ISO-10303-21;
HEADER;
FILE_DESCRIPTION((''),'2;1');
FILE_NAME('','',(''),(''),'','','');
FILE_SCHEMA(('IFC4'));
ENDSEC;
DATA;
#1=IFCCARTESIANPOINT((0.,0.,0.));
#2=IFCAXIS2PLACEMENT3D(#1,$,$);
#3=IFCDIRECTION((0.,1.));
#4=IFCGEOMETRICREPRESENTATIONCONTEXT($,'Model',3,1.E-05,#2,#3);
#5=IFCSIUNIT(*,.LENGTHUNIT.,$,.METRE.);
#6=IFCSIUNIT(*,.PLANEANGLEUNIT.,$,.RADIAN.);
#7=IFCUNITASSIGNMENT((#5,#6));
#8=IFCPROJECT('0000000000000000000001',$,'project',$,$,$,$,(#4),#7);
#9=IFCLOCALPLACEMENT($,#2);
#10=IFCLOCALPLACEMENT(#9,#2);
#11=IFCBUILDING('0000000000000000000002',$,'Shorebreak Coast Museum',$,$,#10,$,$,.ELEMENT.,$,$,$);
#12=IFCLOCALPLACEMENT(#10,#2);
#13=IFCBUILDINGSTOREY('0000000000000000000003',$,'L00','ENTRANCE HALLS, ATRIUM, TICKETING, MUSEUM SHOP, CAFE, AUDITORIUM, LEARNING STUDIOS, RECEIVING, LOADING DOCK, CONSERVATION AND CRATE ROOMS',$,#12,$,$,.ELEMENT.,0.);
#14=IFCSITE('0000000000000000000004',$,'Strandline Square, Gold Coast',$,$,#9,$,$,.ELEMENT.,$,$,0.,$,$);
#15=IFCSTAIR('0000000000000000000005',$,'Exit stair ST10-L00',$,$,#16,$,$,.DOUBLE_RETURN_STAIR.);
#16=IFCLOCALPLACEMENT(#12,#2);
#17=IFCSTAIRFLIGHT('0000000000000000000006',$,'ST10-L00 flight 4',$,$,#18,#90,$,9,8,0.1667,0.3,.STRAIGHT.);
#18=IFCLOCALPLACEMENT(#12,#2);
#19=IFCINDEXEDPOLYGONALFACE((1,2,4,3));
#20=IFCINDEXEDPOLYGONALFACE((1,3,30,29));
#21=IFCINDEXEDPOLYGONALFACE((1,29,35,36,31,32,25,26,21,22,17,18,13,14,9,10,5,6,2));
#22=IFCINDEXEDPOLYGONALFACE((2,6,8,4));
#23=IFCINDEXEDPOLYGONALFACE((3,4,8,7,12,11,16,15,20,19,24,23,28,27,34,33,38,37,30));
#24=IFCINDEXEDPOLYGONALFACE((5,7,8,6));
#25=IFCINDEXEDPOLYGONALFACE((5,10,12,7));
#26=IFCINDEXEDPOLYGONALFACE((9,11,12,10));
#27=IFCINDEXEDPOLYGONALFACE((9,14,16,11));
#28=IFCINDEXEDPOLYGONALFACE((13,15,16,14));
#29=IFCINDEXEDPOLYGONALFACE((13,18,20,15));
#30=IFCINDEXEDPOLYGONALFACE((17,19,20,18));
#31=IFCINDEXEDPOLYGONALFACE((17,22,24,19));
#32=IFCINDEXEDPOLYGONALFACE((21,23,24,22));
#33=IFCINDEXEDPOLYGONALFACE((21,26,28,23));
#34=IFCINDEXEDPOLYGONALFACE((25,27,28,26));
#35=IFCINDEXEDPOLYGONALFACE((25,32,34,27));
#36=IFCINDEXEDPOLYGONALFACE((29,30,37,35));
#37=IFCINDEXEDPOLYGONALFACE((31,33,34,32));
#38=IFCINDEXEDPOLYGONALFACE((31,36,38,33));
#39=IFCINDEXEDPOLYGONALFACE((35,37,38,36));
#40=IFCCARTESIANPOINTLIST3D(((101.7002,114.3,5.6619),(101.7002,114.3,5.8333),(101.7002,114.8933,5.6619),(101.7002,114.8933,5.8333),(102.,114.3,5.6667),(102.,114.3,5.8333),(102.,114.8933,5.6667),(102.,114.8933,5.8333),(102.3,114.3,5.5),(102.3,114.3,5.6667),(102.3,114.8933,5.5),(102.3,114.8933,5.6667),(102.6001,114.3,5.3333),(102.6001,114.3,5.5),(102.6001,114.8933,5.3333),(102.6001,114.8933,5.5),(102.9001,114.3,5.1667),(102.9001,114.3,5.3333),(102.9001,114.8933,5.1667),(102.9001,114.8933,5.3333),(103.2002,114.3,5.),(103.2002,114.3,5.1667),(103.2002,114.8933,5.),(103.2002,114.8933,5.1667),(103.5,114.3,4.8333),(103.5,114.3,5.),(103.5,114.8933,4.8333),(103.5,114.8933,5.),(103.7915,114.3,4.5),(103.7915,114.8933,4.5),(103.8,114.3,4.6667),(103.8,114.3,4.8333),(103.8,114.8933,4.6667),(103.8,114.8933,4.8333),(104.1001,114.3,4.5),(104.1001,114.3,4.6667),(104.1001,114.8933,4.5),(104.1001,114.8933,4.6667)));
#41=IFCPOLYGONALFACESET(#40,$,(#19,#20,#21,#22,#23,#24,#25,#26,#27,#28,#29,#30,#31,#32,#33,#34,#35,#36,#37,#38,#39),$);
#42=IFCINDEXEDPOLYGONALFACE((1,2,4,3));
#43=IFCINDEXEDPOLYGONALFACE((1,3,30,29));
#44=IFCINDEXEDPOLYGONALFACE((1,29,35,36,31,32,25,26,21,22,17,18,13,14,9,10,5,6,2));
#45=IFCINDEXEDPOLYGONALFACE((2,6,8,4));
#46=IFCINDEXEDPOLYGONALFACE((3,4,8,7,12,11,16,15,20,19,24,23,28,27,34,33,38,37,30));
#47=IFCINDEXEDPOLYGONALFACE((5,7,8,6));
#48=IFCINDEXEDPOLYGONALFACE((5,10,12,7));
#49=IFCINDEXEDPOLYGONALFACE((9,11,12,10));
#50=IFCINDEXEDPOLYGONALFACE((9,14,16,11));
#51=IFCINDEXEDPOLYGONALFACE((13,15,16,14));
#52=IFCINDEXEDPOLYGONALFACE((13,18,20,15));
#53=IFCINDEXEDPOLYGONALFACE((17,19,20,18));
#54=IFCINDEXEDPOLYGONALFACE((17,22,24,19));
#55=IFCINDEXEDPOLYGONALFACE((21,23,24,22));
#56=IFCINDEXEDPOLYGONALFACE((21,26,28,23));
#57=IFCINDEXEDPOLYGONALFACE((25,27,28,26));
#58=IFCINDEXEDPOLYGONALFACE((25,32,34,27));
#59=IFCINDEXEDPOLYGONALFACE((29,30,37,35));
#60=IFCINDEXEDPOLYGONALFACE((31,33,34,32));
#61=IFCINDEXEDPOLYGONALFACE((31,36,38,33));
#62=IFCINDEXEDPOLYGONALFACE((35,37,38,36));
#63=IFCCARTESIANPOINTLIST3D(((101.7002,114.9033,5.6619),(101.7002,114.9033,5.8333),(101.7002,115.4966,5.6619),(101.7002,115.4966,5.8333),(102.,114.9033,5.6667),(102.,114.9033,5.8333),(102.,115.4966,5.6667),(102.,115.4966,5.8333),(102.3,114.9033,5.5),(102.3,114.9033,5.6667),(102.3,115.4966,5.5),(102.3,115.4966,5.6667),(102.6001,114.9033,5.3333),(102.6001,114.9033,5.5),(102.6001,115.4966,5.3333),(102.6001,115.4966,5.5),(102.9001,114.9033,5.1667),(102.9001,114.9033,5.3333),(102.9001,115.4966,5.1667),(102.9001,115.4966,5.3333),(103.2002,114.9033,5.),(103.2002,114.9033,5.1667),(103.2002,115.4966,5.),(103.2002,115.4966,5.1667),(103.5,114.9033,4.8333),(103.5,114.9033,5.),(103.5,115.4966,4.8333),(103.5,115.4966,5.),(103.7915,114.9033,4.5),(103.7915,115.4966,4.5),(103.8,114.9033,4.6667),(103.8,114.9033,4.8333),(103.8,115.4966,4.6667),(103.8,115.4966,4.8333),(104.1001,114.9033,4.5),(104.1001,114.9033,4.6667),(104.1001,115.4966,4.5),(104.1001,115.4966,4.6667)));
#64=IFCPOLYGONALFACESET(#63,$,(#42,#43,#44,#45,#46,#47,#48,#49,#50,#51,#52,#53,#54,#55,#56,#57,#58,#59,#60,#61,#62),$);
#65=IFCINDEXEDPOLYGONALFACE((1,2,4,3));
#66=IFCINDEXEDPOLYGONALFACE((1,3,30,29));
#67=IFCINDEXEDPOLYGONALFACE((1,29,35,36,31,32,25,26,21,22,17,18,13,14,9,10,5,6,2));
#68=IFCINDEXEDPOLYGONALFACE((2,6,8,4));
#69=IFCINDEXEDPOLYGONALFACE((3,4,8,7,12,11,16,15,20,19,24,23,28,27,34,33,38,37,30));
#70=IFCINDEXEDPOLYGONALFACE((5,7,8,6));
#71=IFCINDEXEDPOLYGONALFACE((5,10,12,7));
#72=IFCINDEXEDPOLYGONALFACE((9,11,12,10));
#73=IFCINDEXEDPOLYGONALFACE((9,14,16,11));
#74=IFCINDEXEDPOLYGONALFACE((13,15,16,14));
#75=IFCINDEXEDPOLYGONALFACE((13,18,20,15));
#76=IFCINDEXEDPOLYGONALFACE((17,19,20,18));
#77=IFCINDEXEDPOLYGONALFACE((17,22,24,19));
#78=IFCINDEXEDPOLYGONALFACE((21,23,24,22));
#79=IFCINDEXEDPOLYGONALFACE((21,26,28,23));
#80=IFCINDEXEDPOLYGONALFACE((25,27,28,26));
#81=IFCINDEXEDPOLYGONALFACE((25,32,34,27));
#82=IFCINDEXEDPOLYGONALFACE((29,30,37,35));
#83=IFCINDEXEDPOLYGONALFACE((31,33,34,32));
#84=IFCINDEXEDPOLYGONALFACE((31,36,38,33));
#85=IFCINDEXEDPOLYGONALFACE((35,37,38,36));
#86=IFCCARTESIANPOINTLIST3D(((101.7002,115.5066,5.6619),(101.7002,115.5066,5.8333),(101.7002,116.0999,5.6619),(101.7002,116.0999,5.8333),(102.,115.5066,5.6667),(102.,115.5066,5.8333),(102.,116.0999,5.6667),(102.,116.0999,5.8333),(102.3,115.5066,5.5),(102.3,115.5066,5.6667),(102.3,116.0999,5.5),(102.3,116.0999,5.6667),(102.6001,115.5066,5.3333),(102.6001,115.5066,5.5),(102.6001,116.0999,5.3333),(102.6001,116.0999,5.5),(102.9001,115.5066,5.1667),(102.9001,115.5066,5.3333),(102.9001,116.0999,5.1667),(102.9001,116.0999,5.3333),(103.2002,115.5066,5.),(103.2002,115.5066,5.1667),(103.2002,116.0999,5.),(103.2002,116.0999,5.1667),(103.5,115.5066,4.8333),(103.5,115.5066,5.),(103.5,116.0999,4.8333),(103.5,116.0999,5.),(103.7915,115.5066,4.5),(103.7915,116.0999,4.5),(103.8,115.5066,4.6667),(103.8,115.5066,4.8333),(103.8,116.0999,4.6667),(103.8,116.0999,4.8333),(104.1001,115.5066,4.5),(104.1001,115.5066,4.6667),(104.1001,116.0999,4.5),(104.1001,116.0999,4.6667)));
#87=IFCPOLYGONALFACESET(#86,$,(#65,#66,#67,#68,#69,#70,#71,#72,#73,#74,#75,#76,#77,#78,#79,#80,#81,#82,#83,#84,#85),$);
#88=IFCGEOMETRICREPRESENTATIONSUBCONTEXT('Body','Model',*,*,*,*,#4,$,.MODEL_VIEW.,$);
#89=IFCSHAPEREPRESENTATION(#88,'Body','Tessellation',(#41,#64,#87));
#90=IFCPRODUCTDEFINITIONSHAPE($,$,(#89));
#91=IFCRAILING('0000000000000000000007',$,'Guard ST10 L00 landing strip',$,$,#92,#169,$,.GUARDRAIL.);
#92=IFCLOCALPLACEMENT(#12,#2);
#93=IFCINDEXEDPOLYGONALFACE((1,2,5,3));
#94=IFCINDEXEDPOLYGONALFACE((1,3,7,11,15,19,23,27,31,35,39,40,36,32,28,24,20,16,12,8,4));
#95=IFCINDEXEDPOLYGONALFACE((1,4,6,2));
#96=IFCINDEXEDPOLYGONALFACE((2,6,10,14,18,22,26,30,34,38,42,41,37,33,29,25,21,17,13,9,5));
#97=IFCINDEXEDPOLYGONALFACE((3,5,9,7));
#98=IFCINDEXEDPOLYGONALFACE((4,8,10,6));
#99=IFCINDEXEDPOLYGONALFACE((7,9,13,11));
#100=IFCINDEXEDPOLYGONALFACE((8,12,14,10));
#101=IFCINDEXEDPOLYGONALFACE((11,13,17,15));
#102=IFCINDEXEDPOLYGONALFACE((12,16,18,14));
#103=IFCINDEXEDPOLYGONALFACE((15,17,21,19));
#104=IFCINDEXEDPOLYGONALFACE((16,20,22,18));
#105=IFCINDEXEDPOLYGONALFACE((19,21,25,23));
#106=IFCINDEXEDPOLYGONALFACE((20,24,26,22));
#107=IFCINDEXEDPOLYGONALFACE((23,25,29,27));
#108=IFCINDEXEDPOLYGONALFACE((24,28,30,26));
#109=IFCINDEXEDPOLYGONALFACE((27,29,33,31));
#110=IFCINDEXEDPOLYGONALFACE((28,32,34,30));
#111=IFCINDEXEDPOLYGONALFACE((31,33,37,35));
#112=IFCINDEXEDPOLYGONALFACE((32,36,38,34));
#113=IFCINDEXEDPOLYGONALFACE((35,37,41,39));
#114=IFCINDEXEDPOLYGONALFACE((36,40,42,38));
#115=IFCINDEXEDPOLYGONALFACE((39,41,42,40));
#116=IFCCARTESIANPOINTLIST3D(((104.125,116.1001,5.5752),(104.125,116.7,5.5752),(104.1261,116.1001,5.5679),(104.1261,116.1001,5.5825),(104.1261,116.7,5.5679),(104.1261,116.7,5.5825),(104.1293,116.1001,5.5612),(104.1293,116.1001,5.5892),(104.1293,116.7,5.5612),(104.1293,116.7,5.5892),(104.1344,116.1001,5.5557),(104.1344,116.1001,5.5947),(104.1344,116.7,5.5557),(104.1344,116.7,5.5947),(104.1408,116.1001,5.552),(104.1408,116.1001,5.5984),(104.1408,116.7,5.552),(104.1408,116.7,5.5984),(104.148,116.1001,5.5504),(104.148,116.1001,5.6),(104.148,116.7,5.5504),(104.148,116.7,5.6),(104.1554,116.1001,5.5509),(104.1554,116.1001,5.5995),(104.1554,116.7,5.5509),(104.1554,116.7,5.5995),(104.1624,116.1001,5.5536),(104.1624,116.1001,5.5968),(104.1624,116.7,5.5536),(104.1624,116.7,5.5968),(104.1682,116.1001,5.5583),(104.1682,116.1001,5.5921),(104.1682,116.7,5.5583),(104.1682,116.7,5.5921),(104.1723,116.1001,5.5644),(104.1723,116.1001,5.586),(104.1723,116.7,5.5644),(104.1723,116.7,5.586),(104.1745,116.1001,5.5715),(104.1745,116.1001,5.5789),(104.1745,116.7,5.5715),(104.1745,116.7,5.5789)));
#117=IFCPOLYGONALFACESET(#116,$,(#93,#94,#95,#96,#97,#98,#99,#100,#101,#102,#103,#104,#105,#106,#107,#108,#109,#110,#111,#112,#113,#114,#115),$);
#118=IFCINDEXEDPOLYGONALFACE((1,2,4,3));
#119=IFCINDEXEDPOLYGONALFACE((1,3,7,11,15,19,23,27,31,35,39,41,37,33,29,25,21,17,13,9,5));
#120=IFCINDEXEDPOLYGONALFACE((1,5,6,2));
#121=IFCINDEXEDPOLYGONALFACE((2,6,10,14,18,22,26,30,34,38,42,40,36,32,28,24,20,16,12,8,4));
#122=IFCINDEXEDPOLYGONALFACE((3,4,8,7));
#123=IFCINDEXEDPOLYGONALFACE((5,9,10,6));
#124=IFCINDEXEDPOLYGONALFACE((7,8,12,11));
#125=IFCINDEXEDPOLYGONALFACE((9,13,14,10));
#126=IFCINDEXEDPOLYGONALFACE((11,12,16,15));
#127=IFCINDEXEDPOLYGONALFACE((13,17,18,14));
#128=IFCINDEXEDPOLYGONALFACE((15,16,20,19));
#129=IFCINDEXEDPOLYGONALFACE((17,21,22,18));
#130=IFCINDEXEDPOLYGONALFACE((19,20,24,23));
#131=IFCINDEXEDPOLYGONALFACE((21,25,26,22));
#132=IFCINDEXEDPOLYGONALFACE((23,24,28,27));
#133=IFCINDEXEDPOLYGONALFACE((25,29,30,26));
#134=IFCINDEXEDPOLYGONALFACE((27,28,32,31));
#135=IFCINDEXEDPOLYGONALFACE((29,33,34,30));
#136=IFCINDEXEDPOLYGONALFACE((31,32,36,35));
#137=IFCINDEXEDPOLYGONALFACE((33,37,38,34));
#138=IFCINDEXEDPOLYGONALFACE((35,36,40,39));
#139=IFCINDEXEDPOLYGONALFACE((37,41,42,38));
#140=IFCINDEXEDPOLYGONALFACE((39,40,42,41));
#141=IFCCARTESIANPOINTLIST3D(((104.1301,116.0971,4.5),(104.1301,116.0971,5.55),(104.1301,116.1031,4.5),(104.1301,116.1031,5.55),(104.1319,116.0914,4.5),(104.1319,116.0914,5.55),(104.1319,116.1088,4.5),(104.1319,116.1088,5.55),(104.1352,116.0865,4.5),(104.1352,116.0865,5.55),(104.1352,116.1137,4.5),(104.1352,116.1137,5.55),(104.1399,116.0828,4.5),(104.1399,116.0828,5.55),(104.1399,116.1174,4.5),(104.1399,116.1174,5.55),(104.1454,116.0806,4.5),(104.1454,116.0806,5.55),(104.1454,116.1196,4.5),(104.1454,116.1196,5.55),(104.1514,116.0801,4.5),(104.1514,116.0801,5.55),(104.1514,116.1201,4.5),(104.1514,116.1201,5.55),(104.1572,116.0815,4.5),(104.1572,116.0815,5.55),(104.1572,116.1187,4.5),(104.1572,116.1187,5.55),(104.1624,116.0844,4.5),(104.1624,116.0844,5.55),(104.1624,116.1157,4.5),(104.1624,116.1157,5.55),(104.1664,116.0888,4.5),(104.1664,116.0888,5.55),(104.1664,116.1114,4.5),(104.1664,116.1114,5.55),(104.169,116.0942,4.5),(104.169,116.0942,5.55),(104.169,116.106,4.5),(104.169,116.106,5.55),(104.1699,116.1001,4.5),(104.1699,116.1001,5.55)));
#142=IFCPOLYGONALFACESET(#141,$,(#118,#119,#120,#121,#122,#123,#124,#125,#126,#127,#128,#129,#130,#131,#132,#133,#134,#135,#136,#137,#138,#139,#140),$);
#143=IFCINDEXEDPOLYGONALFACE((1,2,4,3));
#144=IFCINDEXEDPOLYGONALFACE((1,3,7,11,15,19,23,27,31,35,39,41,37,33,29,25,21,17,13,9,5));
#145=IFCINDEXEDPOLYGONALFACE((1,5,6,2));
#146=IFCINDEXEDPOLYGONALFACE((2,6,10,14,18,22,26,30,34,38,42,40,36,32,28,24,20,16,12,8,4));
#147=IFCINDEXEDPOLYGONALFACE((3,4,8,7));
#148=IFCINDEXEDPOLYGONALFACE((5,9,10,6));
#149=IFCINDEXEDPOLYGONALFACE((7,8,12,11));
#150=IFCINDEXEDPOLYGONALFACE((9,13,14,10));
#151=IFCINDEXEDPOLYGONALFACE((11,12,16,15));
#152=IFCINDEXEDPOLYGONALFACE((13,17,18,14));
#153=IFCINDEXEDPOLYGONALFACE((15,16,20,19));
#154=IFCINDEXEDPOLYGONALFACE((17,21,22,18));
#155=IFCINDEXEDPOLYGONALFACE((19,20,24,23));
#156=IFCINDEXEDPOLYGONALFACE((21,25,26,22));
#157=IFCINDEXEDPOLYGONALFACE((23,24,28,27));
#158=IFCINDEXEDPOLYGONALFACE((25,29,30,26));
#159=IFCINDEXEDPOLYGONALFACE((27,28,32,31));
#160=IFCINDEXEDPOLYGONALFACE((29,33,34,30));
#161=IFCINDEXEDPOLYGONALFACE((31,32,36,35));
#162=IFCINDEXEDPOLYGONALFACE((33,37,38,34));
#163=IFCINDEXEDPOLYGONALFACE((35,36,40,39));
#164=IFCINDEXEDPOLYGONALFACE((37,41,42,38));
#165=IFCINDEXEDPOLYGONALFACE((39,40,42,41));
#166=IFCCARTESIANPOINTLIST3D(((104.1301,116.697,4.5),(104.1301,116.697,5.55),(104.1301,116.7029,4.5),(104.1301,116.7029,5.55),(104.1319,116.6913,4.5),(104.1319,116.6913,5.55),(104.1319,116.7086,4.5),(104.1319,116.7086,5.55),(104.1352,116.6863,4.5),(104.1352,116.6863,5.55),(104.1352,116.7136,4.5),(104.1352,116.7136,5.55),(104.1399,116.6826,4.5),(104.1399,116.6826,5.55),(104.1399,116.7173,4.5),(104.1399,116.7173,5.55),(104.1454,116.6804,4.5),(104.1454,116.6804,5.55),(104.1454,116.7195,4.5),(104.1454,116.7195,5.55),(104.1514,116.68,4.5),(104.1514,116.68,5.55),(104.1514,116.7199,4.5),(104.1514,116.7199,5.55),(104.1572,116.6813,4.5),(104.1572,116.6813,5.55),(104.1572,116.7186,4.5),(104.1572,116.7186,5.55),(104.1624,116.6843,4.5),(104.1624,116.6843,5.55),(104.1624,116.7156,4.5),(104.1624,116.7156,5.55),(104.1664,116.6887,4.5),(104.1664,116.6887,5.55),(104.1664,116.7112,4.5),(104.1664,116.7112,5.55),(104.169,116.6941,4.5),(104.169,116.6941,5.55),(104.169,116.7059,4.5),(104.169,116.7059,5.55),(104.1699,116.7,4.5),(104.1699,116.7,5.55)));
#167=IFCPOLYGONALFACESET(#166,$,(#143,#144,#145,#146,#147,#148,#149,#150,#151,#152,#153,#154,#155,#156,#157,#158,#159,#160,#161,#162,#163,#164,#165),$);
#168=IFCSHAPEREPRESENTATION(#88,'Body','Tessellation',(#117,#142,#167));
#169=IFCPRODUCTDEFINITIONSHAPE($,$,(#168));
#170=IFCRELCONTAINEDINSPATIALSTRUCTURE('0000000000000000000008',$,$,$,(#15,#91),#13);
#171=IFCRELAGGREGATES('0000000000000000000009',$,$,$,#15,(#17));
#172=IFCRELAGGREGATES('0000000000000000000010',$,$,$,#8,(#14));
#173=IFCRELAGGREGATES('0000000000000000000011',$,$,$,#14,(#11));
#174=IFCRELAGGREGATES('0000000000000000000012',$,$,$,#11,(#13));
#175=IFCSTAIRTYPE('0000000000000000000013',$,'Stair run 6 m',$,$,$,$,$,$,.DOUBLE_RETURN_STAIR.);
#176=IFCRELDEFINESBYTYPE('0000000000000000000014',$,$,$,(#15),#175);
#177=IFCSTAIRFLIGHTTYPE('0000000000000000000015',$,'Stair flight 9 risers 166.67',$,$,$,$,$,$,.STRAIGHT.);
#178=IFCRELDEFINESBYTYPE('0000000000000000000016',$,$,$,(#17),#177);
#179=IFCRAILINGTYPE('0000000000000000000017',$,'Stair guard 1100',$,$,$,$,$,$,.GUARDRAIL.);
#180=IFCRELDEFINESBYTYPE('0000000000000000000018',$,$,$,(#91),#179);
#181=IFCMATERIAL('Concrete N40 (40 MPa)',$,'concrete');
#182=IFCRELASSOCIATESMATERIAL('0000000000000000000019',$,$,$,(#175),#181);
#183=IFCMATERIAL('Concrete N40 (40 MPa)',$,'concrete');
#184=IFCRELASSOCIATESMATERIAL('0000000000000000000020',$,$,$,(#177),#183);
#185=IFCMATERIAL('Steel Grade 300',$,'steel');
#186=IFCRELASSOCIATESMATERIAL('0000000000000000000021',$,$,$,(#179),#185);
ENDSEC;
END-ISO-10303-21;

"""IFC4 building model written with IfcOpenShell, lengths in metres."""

from ifc_helpers import new_model, si_unit, direction, frame, origin, origin_2d, place, context, subcontext, project, spatial, polyline, circle, outline, extrude, material, type_object, element, aggregate, save


model = new_model("IFC4")

# Units and contexts
model_context = context("Model", 3, precision=1e-05, world=origin(), true_north=direction((0.0, 1.0)))
body_context = subcontext(model_context, "Body", "Model", "MODEL_VIEW")
ifc_project = project(units=[si_unit("LENGTHUNIT", "METRE"), si_unit("PLANEANGLEUNIT", "RADIAN")], contexts=[model_context])

# Site, building, storey
site_placement = place(None, origin())
site = spatial("IfcSite", under=ifc_project, at=site_placement, Name="Strandline Square, Gold Coast", CompositionType="ELEMENT", RefElevation=0.0)
building_placement = place(site_placement, origin())
building = spatial("IfcBuilding", under=site, at=building_placement, Name="Shorebreak Coast Museum", CompositionType="ELEMENT")
storey_placement = place(building_placement, origin())
storey = spatial("IfcBuildingStorey", under=building, at=storey_placement, Name="L00", Description="ENTRANCE HALLS, ATRIUM, TICKETING, MUSEUM SHOP, CAFE, AUDITORIUM, LEARNING STUDIOS, RECEIVING, LOADING DOCK, CONSERVATION AND CRATE ROOMS", CompositionType="ELEMENT", Elevation=0.0)

# Stair, stair flight
ifc_material_1 = material(Name="Concrete N40 (40 MPa)", Category="concrete")
stair_type = type_object("IfcStairType", Name="Stair run 6 m", PredefinedType="DOUBLE_RETURN_STAIR", material=ifc_material_1)
stair_placement = place(storey_placement, origin())
stair = element("IfcStair", 1, at=stair_placement, inside=storey, type_object=stair_type, Name="Exit stair ST10-L00", PredefinedType="DOUBLE_RETURN_STAIR")
ifc_material_2 = material(Name="Concrete N40 (40 MPa)", Category="concrete")
stair_flight_type = type_object("IfcStairFlightType", Name="Stair flight 9 risers 166.67", PredefinedType="STRAIGHT", material=ifc_material_2)
stair_flight_1_placement = place(storey_placement, frame((104.1001, 115.2, 4.5), z_axis=(0.0, 0.0, 1.0), x_axis=(-1.0, 0.0, 0.0)))
stair_flight_1 = element("IfcStairFlight", 2, at=stair_flight_1_placement, type_object=stair_flight_type, Name="ST10-L00 flight 4", NumberOfRisers=9, NumberOfTreads=8, PredefinedType="STRAIGHT", RiserHeight=0.1667, TreadLength=0.3, context=body_context, shape_type="SweptSolid", body=[
    extrude(outline(polyline([(0.0, 0.0), (0.0, 0.1667), (0.3, 0.1667), (0.3, 0.3333), (0.6001, 0.3333), (0.6001, 0.5), (0.8999, 0.5), (0.8999, 0.6667), (1.2, 0.6667), (1.2, 0.8333), (1.5, 0.8333), (1.5, 1.0), (1.8, 1.0), (1.8, 1.1667), (2.1001, 1.1667), (2.1001, 1.3333), (2.3999, 1.3333), (2.3999, 1.5), (2.3999, 1.1619), (0.3086, 0.0), (0.0, 0.0)])), frame((0.0, 0.8999, 0.0), z_axis=(0.0, -1.0, 0.0), x_axis=(1.0, 0.0, 0.0)), (0.0, 0.0, 1.0), 0.5933),
    extrude(outline(polyline([(0.0, 0.0), (0.0, 0.1667), (0.3, 0.1667), (0.3, 0.3333), (0.6001, 0.3333), (0.6001, 0.5), (0.8999, 0.5), (0.8999, 0.6667), (1.2, 0.6667), (1.2, 0.8333), (1.5, 0.8333), (1.5, 1.0), (1.8, 1.0), (1.8, 1.1667), (2.1001, 1.1667), (2.1001, 1.3333), (2.3999, 1.3333), (2.3999, 1.5), (2.3999, 1.1619), (0.3086, 0.0), (0.0, 0.0)])), frame((0.0, 0.2966, 0.0), z_axis=(0.0, -1.0, 0.0), x_axis=(1.0, 0.0, 0.0)), (0.0, 0.0, 1.0), 0.5933),
    extrude(outline(polyline([(0.0, 0.0), (0.0, 0.1667), (0.3, 0.1667), (0.3, 0.3333), (0.6001, 0.3333), (0.6001, 0.5), (0.8999, 0.5), (0.8999, 0.6667), (1.2, 0.6667), (1.2, 0.8333), (1.5, 0.8333), (1.5, 1.0), (1.8, 1.0), (1.8, 1.1667), (2.1001, 1.1667), (2.1001, 1.3333), (2.3999, 1.3333), (2.3999, 1.5), (2.3999, 1.1619), (0.3086, 0.0), (0.0, 0.0)])), frame((0.0, -0.3066, 0.0), z_axis=(0.0, -1.0, 0.0), x_axis=(1.0, 0.0, 0.0)), (0.0, 0.0, 1.0), 0.5933),
])
aggregate(stair, [stair_flight_1])

# Railing
ifc_material_3 = material(Name="Steel Grade 300", Category="steel")
railing_type_1 = type_object("IfcRailingType", Name="Stair guard 1100", PredefinedType="GUARDRAIL", material=ifc_material_3)
railing_placement = place(storey_placement, frame((104.1499, 116.1001, 4.5)))
element("IfcRailing", 3, at=railing_placement, inside=storey, type_object=railing_type_1, Name="Guard ST10 L00 landing strip", PredefinedType="GUARDRAIL", context=body_context, shape_type="SweptSolid", body=[
    extrude(circle(Radius=0.0249, at=origin_2d()), frame((0.0, 0.0, 1.0752), z_axis=(0.0, 1.0, 0.0), x_axis=(-1.0, 0.0, 0.0)), (0.0, 0.0, 1.0), 0.5999),
    extrude(circle(Radius=0.02, at=origin_2d()), origin(), (0.0, 0.0, 1.0), 1.05),
    extrude(circle(Radius=0.02, at=origin_2d()), frame((0.0, 0.5999, 0.0)), (0.0, 0.0, 1.0), 1.05),
])

save(model, "model.ifc")
